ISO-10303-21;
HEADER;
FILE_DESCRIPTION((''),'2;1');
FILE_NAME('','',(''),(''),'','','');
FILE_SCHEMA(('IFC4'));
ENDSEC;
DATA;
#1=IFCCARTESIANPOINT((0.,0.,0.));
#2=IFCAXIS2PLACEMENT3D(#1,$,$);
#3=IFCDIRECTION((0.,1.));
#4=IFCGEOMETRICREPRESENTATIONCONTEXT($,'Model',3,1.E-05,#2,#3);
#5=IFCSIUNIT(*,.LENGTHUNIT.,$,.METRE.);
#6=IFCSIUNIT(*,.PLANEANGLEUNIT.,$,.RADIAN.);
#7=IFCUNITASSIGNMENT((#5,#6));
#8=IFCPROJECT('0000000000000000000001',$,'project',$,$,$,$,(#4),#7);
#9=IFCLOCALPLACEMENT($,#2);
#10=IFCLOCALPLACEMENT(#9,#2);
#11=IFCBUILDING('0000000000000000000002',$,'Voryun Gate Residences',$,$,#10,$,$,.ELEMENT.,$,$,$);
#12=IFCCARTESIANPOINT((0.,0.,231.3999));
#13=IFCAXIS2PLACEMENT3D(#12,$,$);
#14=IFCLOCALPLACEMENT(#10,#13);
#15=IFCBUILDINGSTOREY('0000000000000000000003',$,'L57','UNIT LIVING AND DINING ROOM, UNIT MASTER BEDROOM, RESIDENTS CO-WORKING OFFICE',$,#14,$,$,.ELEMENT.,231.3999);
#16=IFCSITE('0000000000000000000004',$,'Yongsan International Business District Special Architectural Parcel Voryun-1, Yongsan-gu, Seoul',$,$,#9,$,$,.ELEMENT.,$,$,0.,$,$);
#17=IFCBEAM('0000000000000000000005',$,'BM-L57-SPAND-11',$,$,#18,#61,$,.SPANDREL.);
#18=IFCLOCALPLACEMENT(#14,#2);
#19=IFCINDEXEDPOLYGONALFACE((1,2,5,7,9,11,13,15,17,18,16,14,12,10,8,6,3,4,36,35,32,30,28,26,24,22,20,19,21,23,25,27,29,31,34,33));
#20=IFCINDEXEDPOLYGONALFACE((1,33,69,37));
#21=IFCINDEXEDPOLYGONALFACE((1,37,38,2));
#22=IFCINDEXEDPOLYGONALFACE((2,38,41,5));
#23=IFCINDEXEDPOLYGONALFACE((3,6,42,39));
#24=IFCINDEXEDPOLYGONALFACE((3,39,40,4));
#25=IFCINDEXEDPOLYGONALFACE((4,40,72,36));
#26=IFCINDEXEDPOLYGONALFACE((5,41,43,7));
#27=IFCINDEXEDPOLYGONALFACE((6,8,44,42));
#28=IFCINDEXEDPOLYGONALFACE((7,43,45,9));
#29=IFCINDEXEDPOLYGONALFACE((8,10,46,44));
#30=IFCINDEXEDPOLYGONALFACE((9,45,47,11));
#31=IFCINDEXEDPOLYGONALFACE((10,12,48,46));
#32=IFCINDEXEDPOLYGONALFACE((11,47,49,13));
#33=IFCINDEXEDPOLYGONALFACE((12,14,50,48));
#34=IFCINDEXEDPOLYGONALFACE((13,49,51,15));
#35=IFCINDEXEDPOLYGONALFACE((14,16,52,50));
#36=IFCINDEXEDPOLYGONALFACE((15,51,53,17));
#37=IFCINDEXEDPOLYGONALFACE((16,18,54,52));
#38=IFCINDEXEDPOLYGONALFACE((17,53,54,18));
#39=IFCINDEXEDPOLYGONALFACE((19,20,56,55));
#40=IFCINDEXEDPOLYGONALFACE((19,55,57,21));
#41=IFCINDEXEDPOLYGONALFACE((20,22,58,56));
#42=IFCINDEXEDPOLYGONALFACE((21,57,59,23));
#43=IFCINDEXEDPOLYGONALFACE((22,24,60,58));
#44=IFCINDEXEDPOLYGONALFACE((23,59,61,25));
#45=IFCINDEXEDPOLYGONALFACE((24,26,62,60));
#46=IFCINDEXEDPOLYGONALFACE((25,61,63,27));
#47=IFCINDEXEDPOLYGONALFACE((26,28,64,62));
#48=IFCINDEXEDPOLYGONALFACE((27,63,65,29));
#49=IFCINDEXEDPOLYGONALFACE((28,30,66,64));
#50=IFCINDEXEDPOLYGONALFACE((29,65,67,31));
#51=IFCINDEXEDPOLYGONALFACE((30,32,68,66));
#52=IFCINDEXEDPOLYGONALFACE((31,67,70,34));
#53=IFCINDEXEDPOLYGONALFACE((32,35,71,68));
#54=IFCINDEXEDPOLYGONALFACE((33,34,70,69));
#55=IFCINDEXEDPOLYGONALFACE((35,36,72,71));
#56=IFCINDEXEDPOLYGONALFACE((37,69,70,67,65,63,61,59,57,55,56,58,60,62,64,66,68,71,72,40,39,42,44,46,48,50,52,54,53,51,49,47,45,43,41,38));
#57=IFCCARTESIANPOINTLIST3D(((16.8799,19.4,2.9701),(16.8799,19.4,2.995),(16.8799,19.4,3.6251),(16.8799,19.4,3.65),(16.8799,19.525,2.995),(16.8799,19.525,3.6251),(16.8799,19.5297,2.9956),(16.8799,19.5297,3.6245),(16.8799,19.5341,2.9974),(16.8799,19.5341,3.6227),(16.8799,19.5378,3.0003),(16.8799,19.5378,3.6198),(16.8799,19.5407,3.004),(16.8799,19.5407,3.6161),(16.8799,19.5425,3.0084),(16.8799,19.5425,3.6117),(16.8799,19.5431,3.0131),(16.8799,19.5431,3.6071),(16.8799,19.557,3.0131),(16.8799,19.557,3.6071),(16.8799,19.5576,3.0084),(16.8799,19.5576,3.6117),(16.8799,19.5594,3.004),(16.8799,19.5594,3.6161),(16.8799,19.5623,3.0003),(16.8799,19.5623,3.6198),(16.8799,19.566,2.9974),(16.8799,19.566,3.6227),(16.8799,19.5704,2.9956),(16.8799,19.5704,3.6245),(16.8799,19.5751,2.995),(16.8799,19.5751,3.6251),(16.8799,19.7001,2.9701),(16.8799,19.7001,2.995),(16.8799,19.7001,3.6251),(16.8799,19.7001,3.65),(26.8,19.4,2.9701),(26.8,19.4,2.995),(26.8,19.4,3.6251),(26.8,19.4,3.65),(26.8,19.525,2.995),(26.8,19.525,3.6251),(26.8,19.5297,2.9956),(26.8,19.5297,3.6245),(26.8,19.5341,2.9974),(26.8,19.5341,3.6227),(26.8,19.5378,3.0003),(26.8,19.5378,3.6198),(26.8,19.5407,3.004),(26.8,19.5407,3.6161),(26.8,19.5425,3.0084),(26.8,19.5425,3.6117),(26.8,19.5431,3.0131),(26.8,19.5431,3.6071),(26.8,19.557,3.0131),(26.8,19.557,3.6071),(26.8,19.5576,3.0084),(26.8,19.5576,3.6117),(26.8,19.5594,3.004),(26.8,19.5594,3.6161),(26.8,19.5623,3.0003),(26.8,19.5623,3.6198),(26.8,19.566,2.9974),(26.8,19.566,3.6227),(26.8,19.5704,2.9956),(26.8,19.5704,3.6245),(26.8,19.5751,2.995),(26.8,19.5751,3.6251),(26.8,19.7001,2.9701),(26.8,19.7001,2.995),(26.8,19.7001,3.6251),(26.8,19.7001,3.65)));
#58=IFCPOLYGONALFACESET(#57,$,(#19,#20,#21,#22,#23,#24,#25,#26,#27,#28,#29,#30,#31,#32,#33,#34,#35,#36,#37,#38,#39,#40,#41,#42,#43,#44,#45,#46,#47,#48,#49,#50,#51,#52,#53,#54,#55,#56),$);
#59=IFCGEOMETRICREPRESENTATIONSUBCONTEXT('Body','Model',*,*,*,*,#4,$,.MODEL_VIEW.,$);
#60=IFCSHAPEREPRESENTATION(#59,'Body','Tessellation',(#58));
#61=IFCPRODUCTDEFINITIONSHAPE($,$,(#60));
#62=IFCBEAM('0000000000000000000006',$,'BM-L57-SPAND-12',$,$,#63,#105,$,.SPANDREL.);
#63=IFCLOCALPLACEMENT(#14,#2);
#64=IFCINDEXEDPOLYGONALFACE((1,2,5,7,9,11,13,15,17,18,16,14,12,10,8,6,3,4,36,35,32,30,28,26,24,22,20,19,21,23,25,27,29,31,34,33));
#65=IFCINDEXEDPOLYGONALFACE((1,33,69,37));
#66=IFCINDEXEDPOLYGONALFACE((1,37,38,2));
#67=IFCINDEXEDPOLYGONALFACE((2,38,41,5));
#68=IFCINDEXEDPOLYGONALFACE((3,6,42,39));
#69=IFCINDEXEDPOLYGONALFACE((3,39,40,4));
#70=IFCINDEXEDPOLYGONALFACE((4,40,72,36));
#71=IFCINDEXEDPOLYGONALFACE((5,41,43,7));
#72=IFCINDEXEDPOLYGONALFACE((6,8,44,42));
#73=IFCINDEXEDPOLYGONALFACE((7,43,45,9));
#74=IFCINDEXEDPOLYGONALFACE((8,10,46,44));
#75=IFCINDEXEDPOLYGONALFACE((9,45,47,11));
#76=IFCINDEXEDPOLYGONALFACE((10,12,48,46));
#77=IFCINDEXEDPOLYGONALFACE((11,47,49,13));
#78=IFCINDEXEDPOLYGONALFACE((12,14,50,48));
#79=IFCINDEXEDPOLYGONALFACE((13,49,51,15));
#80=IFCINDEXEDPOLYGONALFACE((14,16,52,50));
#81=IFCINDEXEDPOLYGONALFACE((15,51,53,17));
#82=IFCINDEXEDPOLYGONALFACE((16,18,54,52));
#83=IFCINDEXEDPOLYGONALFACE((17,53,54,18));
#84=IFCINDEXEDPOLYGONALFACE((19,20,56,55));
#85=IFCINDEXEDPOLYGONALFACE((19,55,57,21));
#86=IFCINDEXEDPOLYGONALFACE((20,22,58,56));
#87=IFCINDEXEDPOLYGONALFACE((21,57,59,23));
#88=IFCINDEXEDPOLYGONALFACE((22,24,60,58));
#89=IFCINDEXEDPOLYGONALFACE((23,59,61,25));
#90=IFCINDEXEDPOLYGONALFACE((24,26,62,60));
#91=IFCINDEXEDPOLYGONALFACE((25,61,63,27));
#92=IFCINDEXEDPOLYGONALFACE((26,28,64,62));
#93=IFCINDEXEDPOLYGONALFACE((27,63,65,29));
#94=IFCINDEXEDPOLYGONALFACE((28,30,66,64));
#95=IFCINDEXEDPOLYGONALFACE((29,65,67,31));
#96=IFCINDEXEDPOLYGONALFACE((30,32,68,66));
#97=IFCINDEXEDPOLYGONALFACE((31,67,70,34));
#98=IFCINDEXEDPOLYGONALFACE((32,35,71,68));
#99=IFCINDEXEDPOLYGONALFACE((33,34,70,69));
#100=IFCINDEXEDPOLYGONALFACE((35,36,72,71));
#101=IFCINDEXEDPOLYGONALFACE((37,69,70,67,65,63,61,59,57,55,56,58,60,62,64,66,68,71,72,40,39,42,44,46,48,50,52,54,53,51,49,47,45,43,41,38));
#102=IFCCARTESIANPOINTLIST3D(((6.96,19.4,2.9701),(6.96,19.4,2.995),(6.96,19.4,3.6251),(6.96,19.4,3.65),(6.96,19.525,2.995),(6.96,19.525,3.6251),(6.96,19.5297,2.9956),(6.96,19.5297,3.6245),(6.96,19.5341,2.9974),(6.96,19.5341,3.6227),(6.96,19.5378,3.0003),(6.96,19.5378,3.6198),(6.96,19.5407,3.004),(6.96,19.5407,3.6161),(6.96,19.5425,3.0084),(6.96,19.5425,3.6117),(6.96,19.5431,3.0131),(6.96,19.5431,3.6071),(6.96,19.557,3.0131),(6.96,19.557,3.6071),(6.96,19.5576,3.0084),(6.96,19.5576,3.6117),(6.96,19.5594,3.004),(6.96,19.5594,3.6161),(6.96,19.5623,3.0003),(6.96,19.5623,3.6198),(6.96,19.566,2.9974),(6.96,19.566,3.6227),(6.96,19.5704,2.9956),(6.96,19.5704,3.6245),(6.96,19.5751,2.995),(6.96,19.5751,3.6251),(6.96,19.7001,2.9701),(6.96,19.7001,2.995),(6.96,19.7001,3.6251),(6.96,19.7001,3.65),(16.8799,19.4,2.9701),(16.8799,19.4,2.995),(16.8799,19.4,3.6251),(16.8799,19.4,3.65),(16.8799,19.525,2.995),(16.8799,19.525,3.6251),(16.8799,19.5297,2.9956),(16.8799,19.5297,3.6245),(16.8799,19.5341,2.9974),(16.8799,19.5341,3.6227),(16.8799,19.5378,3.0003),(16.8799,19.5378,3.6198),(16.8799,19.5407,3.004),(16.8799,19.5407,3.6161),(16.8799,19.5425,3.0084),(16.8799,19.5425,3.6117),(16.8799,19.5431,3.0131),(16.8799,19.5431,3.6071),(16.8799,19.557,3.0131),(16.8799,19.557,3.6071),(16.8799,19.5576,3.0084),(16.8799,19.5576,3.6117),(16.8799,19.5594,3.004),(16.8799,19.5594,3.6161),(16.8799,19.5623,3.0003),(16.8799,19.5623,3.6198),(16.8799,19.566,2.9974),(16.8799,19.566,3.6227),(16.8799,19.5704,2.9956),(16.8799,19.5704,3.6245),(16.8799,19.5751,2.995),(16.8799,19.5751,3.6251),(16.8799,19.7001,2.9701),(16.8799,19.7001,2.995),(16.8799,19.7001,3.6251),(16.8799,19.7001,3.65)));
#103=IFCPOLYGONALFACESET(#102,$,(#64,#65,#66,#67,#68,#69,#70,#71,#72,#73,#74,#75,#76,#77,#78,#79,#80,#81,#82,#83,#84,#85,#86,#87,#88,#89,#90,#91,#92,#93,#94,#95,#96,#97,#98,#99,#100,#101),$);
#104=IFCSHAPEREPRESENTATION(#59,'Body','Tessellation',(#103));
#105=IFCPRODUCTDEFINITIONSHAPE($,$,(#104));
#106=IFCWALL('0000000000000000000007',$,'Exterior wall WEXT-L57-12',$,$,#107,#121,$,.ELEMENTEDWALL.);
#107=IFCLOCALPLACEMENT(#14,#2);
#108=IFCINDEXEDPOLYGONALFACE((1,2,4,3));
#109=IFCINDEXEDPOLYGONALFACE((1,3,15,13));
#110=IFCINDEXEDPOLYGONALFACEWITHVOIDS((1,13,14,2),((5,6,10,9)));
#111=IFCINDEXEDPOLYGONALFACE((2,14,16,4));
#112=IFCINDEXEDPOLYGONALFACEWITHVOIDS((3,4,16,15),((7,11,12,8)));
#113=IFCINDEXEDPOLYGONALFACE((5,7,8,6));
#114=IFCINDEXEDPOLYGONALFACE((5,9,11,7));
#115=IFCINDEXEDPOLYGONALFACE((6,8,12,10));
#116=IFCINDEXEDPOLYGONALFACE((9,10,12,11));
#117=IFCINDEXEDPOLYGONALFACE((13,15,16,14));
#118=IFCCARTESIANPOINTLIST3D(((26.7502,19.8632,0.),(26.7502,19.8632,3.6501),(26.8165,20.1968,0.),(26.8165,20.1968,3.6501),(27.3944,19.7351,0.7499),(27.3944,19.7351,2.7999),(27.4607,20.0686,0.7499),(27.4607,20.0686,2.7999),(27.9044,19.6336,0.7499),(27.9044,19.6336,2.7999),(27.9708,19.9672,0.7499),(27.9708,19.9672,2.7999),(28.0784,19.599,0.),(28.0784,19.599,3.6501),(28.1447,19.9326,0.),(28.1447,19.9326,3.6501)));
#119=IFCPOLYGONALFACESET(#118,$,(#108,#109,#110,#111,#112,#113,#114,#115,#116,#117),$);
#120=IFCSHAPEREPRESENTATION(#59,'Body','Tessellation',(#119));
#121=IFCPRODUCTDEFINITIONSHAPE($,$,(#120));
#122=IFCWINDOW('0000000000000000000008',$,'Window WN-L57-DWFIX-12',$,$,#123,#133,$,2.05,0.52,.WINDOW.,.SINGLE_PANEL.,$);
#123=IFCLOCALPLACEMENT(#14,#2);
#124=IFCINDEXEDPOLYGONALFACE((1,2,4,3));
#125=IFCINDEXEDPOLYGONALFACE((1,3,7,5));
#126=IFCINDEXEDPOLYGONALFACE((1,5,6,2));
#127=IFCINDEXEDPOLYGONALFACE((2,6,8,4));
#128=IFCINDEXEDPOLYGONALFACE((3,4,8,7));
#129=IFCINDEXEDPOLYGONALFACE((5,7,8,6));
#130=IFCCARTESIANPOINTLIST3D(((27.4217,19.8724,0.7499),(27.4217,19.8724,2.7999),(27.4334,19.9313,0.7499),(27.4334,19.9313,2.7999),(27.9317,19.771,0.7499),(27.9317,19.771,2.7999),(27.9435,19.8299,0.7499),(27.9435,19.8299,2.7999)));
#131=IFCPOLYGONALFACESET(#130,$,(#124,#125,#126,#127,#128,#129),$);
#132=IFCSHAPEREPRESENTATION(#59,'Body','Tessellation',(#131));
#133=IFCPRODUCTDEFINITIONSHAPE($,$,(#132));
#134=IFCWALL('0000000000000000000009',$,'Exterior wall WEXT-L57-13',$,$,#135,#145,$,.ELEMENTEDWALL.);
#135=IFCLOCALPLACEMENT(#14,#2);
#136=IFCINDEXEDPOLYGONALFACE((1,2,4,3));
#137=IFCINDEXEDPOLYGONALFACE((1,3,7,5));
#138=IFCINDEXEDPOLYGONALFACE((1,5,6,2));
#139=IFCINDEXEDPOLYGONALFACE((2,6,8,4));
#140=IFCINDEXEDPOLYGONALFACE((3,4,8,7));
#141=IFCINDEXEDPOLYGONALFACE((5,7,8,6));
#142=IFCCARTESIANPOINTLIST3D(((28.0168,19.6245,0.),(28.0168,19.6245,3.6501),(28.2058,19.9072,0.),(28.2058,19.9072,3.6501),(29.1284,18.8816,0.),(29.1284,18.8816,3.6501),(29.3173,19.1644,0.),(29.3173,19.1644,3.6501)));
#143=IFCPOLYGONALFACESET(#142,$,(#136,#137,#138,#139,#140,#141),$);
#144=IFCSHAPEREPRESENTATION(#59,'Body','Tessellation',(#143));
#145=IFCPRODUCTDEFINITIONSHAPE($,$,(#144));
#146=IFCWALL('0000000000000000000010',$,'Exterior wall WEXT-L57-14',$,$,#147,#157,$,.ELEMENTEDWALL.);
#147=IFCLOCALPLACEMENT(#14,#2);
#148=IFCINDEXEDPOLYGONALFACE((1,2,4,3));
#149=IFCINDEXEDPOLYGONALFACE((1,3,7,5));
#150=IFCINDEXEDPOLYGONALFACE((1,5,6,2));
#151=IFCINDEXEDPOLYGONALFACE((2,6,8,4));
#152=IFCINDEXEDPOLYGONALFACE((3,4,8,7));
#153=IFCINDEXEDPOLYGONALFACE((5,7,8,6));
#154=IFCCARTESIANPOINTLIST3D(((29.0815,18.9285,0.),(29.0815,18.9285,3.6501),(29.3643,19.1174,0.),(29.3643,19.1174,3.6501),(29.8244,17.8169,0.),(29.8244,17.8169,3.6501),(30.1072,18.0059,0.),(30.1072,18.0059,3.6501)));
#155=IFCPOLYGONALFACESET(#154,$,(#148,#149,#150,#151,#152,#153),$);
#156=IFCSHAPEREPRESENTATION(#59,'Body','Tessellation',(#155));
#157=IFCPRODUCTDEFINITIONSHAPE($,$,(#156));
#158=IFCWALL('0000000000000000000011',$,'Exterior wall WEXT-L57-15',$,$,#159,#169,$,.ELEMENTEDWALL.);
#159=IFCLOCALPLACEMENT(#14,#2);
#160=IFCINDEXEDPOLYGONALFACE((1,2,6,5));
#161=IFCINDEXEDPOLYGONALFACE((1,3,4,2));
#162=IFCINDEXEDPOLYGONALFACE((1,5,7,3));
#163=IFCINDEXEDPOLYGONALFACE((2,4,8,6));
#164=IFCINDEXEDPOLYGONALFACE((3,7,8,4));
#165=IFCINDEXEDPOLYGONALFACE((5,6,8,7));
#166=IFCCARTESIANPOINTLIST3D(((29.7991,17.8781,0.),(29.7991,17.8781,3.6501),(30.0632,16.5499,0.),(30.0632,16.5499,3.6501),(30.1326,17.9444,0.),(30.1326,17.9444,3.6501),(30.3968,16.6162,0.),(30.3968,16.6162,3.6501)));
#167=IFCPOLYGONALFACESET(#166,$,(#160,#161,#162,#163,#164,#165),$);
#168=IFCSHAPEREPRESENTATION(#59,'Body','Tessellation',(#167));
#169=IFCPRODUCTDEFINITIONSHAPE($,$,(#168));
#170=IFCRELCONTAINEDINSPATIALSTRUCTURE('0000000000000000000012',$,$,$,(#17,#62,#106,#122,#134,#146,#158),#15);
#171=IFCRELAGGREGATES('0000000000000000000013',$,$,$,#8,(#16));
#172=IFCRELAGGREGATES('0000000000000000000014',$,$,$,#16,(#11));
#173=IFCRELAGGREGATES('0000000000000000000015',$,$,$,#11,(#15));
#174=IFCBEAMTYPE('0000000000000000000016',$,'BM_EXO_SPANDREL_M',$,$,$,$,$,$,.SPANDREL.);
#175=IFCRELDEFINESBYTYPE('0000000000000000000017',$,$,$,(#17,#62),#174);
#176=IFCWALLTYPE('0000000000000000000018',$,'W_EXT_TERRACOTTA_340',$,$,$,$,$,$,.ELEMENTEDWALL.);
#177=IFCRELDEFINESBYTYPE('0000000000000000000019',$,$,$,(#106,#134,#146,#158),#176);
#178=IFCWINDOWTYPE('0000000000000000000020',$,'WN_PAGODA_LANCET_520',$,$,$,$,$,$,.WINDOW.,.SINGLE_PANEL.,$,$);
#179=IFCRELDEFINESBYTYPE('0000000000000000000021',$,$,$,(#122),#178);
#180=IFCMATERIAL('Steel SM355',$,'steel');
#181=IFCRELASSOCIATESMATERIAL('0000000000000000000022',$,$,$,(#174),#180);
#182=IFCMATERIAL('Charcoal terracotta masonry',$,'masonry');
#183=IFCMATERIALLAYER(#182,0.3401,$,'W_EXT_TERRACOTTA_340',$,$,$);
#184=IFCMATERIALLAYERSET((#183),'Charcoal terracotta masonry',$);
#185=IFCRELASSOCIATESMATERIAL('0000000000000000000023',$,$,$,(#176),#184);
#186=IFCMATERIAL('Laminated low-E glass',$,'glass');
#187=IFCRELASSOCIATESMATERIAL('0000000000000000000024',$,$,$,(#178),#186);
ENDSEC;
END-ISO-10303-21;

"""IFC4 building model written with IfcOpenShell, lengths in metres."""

from ifc_helpers import new_model, si_unit, direction, frame, frame_2d, origin, origin_2d, place, context, subcontext, project, spatial, rectangle, i_section, extrude, material, layer, layer_set, material_profile, profile_set, type_object, element, fill, save


model = new_model("IFC4")

# Units and contexts
model_context = context("Model", 3, precision=1e-05, world=origin(), true_north=direction((0.0, 1.0)))
body_context = subcontext(model_context, "Body", "Model", "MODEL_VIEW")
ifc_project = project(units=[si_unit("LENGTHUNIT", "METRE"), si_unit("PLANEANGLEUNIT", "RADIAN")], contexts=[model_context])

# Site, building, storey
site_placement = place(None, origin())
site = spatial("IfcSite", under=ifc_project, at=site_placement, Name="Yongsan International Business District Special Architectural Parcel Voryun-1, Yongsan-gu, Seoul", CompositionType="ELEMENT", RefElevation=0.0)
building_placement = place(site_placement, origin())
building = spatial("IfcBuilding", under=site, at=building_placement, Name="Voryun Gate Residences", CompositionType="ELEMENT")
storey_placement = place(building_placement, frame((0.0, 0.0, 231.3999)))
storey = spatial("IfcBuildingStorey", under=building, at=storey_placement, Name="L57", Description="UNIT LIVING AND DINING ROOM, UNIT MASTER BEDROOM, RESIDENTS CO-WORKING OFFICE", CompositionType="ELEMENT", Elevation=231.3999)

# Beams
ifc_material_1 = material(Name="Steel SM355", Category="steel")
ifc_material_profile_1 = material_profile(ifc_material_1, i_section(OverallWidth=0.3, OverallDepth=0.6799, WebThickness=0.0139, FlangeThickness=0.0249, FilletRadius=0.0181, at=origin_2d()), Name="H-680x300x14x25")
ifc_profile_set_1 = profile_set([ifc_material_profile_1], Name="Steel SM355")
beam_type = type_object("IfcBeamType", Name="BM_EXO_SPANDREL_M", PredefinedType="SPANDREL", material=ifc_profile_set_1)
beam_1_placement = place(storey_placement, frame((26.8, 19.55, 3.3101), z_axis=(-1.0, 0.0, 0.0), x_axis=(0.0, -1.0, 0.0)))
element("IfcBeam", 1, at=beam_1_placement, inside=storey, type_object=beam_type, Name="BM-L57-SPAND-11", PredefinedType="SPANDREL", context=body_context, shape_type="SweptSolid", body=[
    extrude(i_section(OverallWidth=0.3, OverallDepth=0.6799, WebThickness=0.0139, FlangeThickness=0.0249, FilletRadius=0.0181, at=origin_2d()), origin(), (0.0, 0.0, 1.0), 9.9202),
])
beam_2_placement = place(storey_placement, frame((16.8799, 19.55, 3.3101), z_axis=(-1.0, 0.0, 0.0), x_axis=(0.0, -1.0, 0.0)))
element("IfcBeam", 2, at=beam_2_placement, inside=storey, type_object=beam_type, Name="BM-L57-SPAND-12", PredefinedType="SPANDREL", context=body_context, shape_type="SweptSolid", body=[
    extrude(i_section(OverallWidth=0.3, OverallDepth=0.6799, WebThickness=0.0139, FlangeThickness=0.0249, FilletRadius=0.0181, at=origin_2d()), origin(), (0.0, 0.0, 1.0), 9.9199),
])

# Wall, opening, window
ifc_material_2 = material(Name="Charcoal terracotta masonry", Category="masonry")
ifc_layer_1 = layer(ifc_material_2, 0.3401, Name="W_EXT_TERRACOTTA_340")
ifc_layer_set_1 = layer_set([ifc_layer_1], Name="Charcoal terracotta masonry")
wall_type_1 = type_object("IfcWallType", Name="W_EXT_TERRACOTTA_340", PredefinedType="ELEMENTEDWALL", material=ifc_layer_set_1)
wall_1_placement = place(storey_placement, frame((26.7832, 20.03, 0.0), z_axis=(0.0, 0.0, 1.0), x_axis=(0.980788, -0.195076, 0.0)))
wall_1 = element("IfcWall", 3, at=wall_1_placement, inside=storey, type_object=wall_type_1, Name="Exterior wall WEXT-L57-12", PredefinedType="ELEMENTEDWALL", context=body_context, shape_type="SweptSolid", body=[
    extrude(rectangle(XDim=1.3542, YDim=0.3401, at=frame_2d((0.6772, 0.0))), origin(), (0.0, 0.0, 1.0), 3.6501),
])
opening_1_placement = place(wall_1_placement, frame((0.657, 0.0, 0.75)))
opening_1 = element("IfcOpeningElement", 4, at=opening_1_placement, cuts=wall_1, PredefinedType="OPENING", context=body_context, shape_type="SweptSolid", body=[
    extrude(rectangle(XDim=0.52, YDim=2.05, at=frame_2d((0.26, 1.0249))), frame((0.0, 0.1799, 0.0), z_axis=(0.0, -1.0, 0.0), x_axis=(1.0, 0.0, 0.0)), (0.0, 0.0, 1.0), 0.3601),
])
ifc_material_3 = material(Name="Laminated low-E glass", Category="glass")
window_type_1 = type_object("IfcWindowType", Name="WN_PAGODA_LANCET_520", PartitioningType="SINGLE_PANEL", PredefinedType="WINDOW", material=ifc_material_3)
window_1_placement = place(opening_1_placement, origin())
window_1 = element("IfcWindow", 5, at=window_1_placement, inside=storey, type_object=window_type_1, Name="Window WN-L57-DWFIX-12", OverallHeight=2.05, OverallWidth=0.52, PartitioningType="SINGLE_PANEL", PredefinedType="WINDOW", context=body_context, shape_type="SweptSolid", body=[
    extrude(rectangle(XDim=0.52, YDim=2.05, at=frame_2d((0.26, 1.0249))), frame((0.0, 0.03, 0.0), z_axis=(0.0, -1.0, 0.0), x_axis=(1.0, 0.0, 0.0)), (0.0, 0.0, 1.0), 0.0601),
])
fill(opening_1, window_1)

# Walls
for number, where, z_axis, x_axis, name in (
    (6, (28.1113, 19.7659, 0.0), (0.0, 0.0, 1.0), (0.831404, -0.555669, 0.0), "Exterior wall WEXT-L57-13"),
    (7, (29.2229, 19.0229, 0.0), (0.0, 0.0, 1.0), (0.555669, -0.831404, 0.0), "Exterior wall WEXT-L57-14"),
):
    element("IfcWall", number, at=place(storey_placement, frame(where, z_axis=z_axis, x_axis=x_axis)), inside=storey, type_object=wall_type_1, Name=name, PredefinedType="ELEMENTEDWALL", context=body_context, shape_type="SweptSolid", body=[
        extrude(rectangle(XDim=1.3369, YDim=0.3401, at=frame_2d((0.6685, 0.0))), origin(), (0.0, 0.0, 1.0), 3.6501),
    ])
wall_2_placement = place(storey_placement, frame((29.9658, 17.9114, 0.0), z_axis=(0.0, 0.0, 1.0), x_axis=(0.195076, -0.980788, 0.0)))
element("IfcWall", 8, at=wall_2_placement, inside=storey, type_object=wall_type_1, Name="Exterior wall WEXT-L57-15", PredefinedType="ELEMENTEDWALL", context=body_context, shape_type="SweptSolid", body=[
    extrude(rectangle(XDim=1.3542, YDim=0.3401, at=frame_2d((0.6772, 0.0))), origin(), (0.0, 0.0, 1.0), 3.6501),
])

save(model, "model.ifc")
